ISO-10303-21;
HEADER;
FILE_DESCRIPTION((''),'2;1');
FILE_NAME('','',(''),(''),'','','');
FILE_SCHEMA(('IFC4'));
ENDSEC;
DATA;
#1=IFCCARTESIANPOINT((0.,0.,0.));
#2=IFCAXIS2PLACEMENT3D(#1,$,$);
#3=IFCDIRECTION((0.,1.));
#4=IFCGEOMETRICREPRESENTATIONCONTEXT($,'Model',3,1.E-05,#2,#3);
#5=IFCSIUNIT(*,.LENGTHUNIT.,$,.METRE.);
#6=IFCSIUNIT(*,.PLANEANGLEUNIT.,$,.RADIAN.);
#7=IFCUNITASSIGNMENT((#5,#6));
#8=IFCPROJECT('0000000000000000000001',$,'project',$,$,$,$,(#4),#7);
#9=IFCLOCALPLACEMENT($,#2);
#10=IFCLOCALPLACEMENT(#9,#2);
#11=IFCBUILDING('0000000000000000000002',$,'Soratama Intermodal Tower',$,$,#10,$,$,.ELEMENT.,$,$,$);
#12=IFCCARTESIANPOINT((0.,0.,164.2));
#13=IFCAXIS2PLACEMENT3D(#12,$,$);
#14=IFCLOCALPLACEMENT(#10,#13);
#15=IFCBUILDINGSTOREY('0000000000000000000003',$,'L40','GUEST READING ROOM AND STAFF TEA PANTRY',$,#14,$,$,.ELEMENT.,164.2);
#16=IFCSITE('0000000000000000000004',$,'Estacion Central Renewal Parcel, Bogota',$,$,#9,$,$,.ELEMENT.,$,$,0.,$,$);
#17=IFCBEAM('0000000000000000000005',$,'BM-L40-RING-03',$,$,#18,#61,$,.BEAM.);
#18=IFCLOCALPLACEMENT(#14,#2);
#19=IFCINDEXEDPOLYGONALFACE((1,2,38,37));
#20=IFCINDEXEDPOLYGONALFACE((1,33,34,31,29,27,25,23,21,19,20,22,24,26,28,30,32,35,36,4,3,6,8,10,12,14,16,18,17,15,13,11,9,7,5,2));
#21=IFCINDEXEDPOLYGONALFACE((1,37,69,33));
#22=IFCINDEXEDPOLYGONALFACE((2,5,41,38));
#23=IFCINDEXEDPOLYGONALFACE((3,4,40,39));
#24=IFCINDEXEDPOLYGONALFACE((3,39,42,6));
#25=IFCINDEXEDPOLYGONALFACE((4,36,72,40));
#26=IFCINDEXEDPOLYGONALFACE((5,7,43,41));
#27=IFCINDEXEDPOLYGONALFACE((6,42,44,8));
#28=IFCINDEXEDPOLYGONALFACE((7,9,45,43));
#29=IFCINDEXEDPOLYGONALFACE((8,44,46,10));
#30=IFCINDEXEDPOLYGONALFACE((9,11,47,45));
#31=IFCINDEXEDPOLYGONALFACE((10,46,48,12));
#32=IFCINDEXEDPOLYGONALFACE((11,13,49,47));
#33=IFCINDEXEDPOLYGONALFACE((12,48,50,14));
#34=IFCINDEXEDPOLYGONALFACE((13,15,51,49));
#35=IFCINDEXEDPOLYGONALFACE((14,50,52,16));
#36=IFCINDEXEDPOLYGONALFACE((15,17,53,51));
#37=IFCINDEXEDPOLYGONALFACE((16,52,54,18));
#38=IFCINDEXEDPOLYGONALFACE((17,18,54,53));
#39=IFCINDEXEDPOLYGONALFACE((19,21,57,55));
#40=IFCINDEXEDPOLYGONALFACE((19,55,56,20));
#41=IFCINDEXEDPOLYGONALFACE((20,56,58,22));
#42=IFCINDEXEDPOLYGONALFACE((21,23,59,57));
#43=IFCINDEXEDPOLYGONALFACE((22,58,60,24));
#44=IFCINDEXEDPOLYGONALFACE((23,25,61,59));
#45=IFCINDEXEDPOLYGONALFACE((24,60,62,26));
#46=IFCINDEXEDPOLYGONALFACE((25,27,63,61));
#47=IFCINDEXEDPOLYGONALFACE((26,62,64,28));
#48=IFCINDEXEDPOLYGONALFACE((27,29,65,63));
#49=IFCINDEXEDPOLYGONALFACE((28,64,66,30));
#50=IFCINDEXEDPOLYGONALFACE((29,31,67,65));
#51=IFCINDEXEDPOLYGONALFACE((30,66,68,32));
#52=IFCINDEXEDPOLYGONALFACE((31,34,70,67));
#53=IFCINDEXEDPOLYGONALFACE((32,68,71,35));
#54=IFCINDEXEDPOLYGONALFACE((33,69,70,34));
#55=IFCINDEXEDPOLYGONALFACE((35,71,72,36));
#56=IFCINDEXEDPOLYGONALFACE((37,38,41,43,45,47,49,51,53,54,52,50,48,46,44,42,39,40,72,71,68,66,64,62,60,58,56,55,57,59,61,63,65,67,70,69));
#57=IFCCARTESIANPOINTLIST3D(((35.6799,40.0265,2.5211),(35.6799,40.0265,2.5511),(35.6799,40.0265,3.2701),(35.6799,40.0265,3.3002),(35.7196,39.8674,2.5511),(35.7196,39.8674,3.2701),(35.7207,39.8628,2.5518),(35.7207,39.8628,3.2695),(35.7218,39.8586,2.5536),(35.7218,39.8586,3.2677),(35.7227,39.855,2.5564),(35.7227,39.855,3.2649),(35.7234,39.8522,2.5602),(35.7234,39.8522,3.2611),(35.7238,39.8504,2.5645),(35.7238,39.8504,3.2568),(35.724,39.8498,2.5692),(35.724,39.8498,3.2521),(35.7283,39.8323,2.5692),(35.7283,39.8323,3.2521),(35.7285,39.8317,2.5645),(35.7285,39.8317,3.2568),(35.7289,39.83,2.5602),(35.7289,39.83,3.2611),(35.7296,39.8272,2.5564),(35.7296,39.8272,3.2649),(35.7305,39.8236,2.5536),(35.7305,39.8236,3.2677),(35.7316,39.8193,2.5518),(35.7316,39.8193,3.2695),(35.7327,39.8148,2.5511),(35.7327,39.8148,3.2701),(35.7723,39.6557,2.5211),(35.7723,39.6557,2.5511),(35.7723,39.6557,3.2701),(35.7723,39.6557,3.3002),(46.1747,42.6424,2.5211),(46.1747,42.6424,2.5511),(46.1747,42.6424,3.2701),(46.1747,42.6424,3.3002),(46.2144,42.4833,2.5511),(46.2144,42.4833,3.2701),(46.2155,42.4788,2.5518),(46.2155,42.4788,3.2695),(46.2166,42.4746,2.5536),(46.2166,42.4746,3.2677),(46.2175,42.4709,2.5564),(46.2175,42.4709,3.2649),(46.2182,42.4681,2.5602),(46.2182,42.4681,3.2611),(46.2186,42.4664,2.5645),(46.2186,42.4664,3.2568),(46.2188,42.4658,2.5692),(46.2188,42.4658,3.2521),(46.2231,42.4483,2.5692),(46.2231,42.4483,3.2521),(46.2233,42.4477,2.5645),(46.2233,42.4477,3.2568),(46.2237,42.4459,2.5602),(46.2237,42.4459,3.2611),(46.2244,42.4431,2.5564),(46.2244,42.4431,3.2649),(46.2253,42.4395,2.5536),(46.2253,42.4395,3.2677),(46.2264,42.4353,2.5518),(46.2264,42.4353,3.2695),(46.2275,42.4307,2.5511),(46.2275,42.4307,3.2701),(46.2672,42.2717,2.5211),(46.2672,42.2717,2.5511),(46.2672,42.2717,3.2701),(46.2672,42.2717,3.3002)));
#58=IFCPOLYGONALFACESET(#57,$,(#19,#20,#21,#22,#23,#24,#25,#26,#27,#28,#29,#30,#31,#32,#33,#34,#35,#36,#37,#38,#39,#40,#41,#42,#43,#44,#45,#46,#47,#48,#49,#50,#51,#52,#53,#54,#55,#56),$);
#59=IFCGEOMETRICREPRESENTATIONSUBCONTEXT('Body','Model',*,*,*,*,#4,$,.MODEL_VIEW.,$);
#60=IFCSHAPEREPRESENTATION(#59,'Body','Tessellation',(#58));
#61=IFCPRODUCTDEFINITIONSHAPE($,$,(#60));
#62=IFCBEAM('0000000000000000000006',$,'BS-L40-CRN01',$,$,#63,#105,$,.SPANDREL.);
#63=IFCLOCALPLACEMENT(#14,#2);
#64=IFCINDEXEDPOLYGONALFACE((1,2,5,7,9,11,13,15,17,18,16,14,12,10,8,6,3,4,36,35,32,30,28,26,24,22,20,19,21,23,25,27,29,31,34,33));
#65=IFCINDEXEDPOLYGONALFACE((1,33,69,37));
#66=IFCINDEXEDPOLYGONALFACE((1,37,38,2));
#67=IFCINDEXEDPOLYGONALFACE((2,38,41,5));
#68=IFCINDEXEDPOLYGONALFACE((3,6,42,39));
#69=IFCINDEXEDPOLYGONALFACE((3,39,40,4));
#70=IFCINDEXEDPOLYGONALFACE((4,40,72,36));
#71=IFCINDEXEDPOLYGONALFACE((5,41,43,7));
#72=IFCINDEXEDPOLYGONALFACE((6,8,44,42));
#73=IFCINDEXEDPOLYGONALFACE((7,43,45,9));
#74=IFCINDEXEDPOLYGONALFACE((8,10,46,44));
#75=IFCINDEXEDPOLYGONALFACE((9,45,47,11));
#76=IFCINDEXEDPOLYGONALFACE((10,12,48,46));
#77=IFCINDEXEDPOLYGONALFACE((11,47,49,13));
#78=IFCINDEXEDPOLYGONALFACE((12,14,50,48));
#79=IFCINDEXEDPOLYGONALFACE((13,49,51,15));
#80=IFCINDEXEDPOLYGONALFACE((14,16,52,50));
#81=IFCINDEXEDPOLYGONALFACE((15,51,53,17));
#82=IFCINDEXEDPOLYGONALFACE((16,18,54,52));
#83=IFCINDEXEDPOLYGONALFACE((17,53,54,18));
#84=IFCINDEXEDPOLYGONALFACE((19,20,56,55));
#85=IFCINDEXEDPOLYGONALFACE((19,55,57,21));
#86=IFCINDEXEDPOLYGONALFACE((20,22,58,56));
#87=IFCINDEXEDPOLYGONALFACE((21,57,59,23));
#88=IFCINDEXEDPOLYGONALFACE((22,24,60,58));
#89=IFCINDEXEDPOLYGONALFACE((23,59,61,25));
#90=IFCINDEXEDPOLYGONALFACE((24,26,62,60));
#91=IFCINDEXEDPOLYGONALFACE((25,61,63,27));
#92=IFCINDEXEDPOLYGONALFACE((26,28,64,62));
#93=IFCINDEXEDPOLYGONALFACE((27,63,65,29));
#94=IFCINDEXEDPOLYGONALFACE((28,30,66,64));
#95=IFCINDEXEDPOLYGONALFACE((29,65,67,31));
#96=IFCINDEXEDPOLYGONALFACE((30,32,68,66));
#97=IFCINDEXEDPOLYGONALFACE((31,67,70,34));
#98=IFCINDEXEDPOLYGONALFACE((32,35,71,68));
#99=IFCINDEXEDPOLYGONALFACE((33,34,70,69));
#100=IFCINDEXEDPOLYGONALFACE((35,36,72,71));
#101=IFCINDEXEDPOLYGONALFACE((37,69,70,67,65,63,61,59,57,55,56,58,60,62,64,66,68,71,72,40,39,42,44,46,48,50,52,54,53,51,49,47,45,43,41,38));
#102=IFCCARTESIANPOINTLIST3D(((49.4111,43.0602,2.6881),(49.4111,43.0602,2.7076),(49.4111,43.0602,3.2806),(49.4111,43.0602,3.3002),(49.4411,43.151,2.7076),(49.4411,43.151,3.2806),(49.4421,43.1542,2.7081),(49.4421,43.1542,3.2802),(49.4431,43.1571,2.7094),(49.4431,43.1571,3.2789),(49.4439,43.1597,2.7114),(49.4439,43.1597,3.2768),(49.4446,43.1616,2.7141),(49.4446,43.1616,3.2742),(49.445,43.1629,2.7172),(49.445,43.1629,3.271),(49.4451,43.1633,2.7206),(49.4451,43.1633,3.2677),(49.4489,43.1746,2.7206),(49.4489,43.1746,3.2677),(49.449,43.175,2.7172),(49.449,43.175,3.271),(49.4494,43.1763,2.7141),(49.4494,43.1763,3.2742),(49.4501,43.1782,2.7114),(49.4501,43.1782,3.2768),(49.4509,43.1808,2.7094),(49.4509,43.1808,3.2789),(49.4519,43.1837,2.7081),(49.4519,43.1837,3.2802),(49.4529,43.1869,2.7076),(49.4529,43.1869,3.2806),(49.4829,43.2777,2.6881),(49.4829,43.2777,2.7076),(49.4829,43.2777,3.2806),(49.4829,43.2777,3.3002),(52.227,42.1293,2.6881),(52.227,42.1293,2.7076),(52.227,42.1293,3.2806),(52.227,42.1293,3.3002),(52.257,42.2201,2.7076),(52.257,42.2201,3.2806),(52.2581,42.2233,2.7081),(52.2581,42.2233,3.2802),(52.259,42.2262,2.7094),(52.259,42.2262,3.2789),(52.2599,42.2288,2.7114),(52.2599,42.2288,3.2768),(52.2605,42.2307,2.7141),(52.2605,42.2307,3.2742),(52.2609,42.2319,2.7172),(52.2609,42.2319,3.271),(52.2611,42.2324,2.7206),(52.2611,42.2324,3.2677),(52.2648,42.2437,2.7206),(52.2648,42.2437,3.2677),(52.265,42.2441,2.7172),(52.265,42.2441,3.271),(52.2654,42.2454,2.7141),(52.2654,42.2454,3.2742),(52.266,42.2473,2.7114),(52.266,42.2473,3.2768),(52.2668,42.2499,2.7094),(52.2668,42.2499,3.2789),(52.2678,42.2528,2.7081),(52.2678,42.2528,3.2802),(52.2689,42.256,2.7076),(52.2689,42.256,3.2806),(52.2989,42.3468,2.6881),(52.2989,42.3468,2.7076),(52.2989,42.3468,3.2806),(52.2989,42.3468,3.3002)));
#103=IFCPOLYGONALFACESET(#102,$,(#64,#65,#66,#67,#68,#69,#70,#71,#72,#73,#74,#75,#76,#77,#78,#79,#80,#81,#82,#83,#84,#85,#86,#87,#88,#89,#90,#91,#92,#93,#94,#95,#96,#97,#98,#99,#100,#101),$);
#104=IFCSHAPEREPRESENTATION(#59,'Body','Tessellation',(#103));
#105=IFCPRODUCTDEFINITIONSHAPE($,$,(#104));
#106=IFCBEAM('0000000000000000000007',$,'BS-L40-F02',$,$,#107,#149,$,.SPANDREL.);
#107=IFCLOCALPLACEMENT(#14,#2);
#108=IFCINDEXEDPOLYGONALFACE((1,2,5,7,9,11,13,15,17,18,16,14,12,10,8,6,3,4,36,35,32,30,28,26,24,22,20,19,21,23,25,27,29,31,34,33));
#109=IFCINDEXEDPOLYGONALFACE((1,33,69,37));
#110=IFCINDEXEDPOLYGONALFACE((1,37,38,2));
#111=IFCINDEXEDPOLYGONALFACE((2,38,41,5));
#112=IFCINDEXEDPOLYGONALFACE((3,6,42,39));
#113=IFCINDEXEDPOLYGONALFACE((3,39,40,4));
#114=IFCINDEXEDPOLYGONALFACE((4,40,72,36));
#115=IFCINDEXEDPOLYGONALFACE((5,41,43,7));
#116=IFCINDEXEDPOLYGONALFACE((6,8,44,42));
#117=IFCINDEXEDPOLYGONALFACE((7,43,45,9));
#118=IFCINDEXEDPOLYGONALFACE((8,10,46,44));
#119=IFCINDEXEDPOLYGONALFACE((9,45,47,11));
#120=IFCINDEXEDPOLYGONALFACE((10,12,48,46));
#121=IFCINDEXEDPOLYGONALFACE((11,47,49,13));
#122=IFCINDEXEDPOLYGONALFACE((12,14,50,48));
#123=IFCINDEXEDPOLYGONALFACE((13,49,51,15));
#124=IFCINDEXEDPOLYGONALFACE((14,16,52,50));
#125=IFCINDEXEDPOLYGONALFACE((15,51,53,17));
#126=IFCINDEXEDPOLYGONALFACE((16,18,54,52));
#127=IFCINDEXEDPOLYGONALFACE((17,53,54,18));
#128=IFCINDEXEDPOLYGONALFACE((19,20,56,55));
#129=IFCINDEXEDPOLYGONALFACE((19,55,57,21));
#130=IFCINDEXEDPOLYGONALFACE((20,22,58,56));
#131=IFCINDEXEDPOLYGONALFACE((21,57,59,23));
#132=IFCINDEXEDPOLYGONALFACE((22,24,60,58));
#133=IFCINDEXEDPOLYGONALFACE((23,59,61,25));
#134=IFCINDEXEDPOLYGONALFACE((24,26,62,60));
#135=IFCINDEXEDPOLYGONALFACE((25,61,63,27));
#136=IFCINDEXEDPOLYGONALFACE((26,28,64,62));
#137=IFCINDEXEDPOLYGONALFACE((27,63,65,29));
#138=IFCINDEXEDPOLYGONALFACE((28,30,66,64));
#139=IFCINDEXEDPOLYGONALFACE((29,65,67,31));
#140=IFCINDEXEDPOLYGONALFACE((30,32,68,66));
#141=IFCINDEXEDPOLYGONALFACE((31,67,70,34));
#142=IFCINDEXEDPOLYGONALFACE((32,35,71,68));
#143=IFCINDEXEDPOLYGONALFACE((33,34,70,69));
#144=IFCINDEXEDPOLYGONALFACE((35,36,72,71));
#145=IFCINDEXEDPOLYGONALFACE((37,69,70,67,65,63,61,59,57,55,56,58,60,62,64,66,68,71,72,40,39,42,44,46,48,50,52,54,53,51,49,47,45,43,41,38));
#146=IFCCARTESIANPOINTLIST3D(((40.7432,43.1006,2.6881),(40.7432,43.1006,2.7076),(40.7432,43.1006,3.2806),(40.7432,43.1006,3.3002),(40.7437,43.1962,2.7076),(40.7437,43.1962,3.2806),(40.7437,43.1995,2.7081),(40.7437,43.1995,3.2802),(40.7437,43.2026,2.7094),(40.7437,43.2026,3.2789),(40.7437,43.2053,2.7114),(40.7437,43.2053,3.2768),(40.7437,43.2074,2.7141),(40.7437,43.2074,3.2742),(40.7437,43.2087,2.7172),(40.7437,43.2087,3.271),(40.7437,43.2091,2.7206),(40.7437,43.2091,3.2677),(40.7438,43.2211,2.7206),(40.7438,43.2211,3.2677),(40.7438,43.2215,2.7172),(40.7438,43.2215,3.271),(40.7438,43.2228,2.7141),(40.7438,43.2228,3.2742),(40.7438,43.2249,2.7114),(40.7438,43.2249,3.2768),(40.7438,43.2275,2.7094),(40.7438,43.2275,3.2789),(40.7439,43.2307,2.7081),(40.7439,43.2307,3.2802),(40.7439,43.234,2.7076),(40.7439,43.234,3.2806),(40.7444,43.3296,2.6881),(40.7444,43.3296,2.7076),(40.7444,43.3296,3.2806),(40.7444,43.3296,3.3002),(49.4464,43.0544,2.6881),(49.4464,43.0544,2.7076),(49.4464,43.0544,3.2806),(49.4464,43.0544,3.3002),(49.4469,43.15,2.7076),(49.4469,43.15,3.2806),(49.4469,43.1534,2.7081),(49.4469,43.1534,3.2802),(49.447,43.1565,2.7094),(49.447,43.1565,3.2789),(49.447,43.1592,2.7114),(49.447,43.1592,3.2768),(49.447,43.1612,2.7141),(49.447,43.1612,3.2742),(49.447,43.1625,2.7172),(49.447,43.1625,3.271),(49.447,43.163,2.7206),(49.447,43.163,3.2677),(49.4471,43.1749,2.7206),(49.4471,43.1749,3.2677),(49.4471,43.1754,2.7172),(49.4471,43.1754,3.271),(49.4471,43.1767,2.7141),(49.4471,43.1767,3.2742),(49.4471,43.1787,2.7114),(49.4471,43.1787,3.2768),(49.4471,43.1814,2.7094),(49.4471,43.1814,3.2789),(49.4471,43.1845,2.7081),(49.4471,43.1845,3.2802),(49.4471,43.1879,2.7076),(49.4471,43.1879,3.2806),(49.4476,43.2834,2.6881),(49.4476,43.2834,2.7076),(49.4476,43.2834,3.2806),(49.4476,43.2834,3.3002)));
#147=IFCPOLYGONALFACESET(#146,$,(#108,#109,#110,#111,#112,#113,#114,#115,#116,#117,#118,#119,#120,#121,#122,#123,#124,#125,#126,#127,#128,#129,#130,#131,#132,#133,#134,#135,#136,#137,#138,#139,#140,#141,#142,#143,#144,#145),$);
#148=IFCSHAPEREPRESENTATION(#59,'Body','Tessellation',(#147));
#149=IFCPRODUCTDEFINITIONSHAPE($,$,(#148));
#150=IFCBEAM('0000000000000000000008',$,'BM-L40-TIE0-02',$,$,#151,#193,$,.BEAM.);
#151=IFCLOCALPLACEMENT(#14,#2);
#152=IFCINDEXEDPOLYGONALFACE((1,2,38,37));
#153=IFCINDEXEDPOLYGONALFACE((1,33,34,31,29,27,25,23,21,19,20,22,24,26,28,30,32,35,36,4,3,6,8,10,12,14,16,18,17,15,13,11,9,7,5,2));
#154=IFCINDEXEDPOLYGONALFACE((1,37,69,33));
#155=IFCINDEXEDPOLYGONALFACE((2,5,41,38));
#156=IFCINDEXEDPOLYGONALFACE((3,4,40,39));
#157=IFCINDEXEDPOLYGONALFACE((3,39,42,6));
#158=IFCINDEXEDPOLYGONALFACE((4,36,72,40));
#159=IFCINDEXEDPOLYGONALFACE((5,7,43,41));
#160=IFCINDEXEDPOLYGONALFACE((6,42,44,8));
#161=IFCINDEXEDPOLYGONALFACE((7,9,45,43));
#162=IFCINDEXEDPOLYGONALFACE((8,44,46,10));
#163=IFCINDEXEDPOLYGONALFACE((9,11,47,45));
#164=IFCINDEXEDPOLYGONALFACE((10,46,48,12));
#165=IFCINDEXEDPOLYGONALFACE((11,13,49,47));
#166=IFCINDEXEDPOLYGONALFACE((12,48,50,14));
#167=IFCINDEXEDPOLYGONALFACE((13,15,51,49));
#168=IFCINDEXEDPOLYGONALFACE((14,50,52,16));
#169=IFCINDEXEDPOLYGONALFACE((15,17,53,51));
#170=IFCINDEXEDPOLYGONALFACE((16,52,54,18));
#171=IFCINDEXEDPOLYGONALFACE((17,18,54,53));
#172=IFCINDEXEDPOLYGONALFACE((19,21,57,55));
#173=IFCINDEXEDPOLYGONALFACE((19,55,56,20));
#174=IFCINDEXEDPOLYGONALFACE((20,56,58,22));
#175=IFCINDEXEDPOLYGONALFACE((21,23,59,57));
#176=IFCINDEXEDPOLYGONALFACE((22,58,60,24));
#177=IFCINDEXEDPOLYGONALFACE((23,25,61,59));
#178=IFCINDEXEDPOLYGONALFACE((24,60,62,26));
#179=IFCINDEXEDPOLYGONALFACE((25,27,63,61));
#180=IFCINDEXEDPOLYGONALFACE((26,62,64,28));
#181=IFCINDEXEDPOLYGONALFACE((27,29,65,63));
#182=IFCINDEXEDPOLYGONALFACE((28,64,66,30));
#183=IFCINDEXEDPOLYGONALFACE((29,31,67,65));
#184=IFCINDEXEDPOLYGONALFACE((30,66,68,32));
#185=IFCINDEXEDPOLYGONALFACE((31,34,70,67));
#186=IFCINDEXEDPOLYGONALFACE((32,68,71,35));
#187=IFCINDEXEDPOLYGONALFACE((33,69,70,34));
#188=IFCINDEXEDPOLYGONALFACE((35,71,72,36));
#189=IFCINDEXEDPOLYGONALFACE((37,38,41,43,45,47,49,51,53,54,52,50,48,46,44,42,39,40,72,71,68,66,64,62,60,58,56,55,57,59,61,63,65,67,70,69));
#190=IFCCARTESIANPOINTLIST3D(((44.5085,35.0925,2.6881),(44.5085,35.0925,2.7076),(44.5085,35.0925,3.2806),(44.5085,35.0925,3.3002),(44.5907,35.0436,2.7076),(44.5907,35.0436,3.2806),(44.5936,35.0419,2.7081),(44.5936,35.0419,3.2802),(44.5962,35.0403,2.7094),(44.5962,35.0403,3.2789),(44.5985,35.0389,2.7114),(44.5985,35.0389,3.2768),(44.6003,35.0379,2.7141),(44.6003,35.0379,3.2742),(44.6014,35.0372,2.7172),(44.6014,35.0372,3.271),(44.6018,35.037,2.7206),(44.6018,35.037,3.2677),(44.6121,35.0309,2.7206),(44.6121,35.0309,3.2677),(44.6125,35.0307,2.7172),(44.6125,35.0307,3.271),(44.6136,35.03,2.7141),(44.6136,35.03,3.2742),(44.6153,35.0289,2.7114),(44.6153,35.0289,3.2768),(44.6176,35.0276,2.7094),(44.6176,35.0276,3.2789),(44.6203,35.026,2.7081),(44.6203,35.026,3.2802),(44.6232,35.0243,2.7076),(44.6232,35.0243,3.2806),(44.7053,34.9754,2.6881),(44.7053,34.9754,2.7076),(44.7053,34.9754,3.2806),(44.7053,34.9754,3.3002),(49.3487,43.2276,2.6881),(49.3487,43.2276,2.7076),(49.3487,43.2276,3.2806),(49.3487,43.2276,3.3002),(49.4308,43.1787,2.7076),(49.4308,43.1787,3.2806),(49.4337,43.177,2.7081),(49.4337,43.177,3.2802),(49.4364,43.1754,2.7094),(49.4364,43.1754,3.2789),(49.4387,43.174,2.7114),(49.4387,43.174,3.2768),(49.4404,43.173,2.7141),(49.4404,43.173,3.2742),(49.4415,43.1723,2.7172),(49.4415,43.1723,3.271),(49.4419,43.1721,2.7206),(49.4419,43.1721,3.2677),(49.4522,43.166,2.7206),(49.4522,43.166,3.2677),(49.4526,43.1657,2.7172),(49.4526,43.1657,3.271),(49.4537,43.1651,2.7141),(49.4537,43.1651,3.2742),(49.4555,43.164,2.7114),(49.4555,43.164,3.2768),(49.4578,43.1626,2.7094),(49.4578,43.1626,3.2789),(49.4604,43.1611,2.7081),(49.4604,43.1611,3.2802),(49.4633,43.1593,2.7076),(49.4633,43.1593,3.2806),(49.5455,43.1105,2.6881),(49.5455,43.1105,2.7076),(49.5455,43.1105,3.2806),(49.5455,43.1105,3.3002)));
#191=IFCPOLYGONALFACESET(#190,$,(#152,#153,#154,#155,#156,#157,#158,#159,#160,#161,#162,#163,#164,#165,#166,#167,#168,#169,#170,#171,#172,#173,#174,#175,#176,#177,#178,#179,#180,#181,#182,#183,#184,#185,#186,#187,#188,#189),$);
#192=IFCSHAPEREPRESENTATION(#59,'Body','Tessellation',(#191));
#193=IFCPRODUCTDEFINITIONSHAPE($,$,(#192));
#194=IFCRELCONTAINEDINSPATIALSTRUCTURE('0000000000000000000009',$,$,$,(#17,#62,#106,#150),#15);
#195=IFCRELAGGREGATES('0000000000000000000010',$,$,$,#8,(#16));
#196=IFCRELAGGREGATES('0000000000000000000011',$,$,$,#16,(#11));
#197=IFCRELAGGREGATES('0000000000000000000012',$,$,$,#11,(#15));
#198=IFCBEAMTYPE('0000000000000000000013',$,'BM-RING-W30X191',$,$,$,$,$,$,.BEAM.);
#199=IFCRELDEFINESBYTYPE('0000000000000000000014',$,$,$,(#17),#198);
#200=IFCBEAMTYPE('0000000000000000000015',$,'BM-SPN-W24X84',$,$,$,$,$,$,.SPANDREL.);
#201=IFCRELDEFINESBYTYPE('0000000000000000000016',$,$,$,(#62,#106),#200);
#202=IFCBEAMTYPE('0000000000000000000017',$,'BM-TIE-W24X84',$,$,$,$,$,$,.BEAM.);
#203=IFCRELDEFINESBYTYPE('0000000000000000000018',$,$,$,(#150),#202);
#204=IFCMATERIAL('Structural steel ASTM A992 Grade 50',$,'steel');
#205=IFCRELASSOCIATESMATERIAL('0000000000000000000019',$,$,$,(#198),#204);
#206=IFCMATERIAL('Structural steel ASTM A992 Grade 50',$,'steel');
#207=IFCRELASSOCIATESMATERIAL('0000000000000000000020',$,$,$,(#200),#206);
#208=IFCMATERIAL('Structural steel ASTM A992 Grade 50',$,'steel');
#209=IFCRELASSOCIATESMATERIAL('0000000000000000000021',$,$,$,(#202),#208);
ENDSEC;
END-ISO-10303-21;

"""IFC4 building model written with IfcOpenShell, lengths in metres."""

from ifc_helpers import new_model, si_unit, direction, frame, origin, origin_2d, place, context, subcontext, project, spatial, i_section, extrude, material, material_profile, profile_set, type_object, element, save


model = new_model("IFC4")

# Units and contexts
model_context = context("Model", 3, precision=1e-05, world=origin(), true_north=direction((0.0, 1.0)))
body_context = subcontext(model_context, "Body", "Model", "MODEL_VIEW")
ifc_project = project(units=[si_unit("LENGTHUNIT", "METRE"), si_unit("PLANEANGLEUNIT", "RADIAN")], contexts=[model_context])

# Site, building, storey
site_placement = place(None, origin())
site = spatial("IfcSite", under=ifc_project, at=site_placement, Name="Estacion Central Renewal Parcel, Bogota", CompositionType="ELEMENT", RefElevation=0.0)
building_placement = place(site_placement, origin())
building = spatial("IfcBuilding", under=site, at=building_placement, Name="Soratama Intermodal Tower", CompositionType="ELEMENT")
storey_placement = place(building_placement, frame((0.0, 0.0, 164.2)))
storey = spatial("IfcBuildingStorey", under=building, at=storey_placement, Name="L40", Description="GUEST READING ROOM AND STAFF TEA PANTRY", CompositionType="ELEMENT", Elevation=164.2)

# Beams
ifc_material_1 = material(Name="Structural steel ASTM A992 Grade 50", Category="steel")
ifc_material_profile_1 = material_profile(ifc_material_1, i_section(OverallWidth=0.3821, OverallDepth=0.7791, WebThickness=0.0181, FlangeThickness=0.03, FilletRadius=0.0181, at=origin_2d()), Name="W30X191")
ifc_profile_set_1 = profile_set([ifc_material_profile_1], Name="Structural steel ASTM A992 Grade 50")
beam_type_1 = type_object("IfcBeamType", Name="BM-RING-W30X191", PredefinedType="BEAM", material=ifc_profile_set_1)
beam_1_placement = place(storey_placement, frame((46.2209, 42.457, 2.9106), z_axis=(-0.970311, -0.241861, 0.0), x_axis=(0.241861, -0.970311, 0.0)))
element("IfcBeam", 1, at=beam_1_placement, inside=storey, type_object=beam_type_1, Name="BM-L40-RING-03", PredefinedType="BEAM", context=body_context, shape_type="SweptSolid", body=[
    extrude(i_section(OverallWidth=0.3821, OverallDepth=0.7791, WebThickness=0.0181, FlangeThickness=0.03, FilletRadius=0.0181, at=origin_2d()), origin(), (0.0, 0.0, 1.0), 10.8159),
])
ifc_material_2 = material(Name="Structural steel ASTM A992 Grade 50", Category="steel")
ifc_material_profile_2 = material_profile(ifc_material_2, i_section(OverallWidth=0.229, OverallDepth=0.6121, WebThickness=0.012, FlangeThickness=0.0195, FilletRadius=0.0129, at=origin_2d()), Name="W24X84")
ifc_profile_set_2 = profile_set([ifc_material_profile_2], Name="Structural steel ASTM A992 Grade 50")
beam_type_2 = type_object("IfcBeamType", Name="BM-SPN-W24X84", PredefinedType="SPANDREL", material=ifc_profile_set_2)
beam_2_placement = place(storey_placement, frame((52.2629, 42.238, 2.9941), z_axis=(-0.949462, 0.313881, 0.0), x_axis=(-0.313881, -0.949462, 0.0)))
element("IfcBeam", 2, at=beam_2_placement, inside=storey, type_object=beam_type_2, Name="BS-L40-CRN01", PredefinedType="SPANDREL", context=body_context, shape_type="SweptSolid", body=[
    extrude(i_section(OverallWidth=0.229, OverallDepth=0.6121, WebThickness=0.012, FlangeThickness=0.0195, FilletRadius=0.0129, at=origin_2d()), origin(), (0.0, 0.0, 1.0), 2.9658),
])
beam_3_placement = place(storey_placement, frame((49.447, 43.1689, 2.9941), z_axis=(-0.999986, 0.005302, 0.0), x_axis=(-0.005302, -0.999986, 0.0)))
element("IfcBeam", 3, at=beam_3_placement, inside=storey, type_object=beam_type_2, Name="BS-L40-F02", PredefinedType="SPANDREL", context=body_context, shape_type="SweptSolid", body=[
    extrude(i_section(OverallWidth=0.229, OverallDepth=0.6121, WebThickness=0.012, FlangeThickness=0.0195, FilletRadius=0.0129, at=origin_2d()), origin(), (0.0, 0.0, 1.0), 8.7034),
])
ifc_material_3 = material(Name="Structural steel ASTM A992 Grade 50", Category="steel")
ifc_material_profile_3 = material_profile(ifc_material_3, i_section(OverallWidth=0.229, OverallDepth=0.6121, WebThickness=0.012, FlangeThickness=0.0195, FilletRadius=0.0129, at=origin_2d()), Name="W24X84")
ifc_profile_set_3 = profile_set([ifc_material_profile_3], Name="Structural steel ASTM A992 Grade 50")
beam_type_3 = type_object("IfcBeamType", Name="BM-TIE-W24X84", PredefinedType="BEAM", material=ifc_profile_set_3)
beam_4_placement = place(storey_placement, frame((44.6069, 35.0339, 2.9941), z_axis=(0.511314, 0.859394, 0.0), x_axis=(-0.859394, 0.511314, 0.0)))
element("IfcBeam", 4, at=beam_4_placement, inside=storey, type_object=beam_type_3, Name="BM-L40-TIE0-02", PredefinedType="BEAM", context=body_context, shape_type="SweptSolid", body=[
    extrude(i_section(OverallWidth=0.229, OverallDepth=0.6121, WebThickness=0.012, FlangeThickness=0.0195, FilletRadius=0.0129, at=origin_2d()), origin(), (0.0, 0.0, 1.0), 9.4661),
])

save(model, "model.ifc")
